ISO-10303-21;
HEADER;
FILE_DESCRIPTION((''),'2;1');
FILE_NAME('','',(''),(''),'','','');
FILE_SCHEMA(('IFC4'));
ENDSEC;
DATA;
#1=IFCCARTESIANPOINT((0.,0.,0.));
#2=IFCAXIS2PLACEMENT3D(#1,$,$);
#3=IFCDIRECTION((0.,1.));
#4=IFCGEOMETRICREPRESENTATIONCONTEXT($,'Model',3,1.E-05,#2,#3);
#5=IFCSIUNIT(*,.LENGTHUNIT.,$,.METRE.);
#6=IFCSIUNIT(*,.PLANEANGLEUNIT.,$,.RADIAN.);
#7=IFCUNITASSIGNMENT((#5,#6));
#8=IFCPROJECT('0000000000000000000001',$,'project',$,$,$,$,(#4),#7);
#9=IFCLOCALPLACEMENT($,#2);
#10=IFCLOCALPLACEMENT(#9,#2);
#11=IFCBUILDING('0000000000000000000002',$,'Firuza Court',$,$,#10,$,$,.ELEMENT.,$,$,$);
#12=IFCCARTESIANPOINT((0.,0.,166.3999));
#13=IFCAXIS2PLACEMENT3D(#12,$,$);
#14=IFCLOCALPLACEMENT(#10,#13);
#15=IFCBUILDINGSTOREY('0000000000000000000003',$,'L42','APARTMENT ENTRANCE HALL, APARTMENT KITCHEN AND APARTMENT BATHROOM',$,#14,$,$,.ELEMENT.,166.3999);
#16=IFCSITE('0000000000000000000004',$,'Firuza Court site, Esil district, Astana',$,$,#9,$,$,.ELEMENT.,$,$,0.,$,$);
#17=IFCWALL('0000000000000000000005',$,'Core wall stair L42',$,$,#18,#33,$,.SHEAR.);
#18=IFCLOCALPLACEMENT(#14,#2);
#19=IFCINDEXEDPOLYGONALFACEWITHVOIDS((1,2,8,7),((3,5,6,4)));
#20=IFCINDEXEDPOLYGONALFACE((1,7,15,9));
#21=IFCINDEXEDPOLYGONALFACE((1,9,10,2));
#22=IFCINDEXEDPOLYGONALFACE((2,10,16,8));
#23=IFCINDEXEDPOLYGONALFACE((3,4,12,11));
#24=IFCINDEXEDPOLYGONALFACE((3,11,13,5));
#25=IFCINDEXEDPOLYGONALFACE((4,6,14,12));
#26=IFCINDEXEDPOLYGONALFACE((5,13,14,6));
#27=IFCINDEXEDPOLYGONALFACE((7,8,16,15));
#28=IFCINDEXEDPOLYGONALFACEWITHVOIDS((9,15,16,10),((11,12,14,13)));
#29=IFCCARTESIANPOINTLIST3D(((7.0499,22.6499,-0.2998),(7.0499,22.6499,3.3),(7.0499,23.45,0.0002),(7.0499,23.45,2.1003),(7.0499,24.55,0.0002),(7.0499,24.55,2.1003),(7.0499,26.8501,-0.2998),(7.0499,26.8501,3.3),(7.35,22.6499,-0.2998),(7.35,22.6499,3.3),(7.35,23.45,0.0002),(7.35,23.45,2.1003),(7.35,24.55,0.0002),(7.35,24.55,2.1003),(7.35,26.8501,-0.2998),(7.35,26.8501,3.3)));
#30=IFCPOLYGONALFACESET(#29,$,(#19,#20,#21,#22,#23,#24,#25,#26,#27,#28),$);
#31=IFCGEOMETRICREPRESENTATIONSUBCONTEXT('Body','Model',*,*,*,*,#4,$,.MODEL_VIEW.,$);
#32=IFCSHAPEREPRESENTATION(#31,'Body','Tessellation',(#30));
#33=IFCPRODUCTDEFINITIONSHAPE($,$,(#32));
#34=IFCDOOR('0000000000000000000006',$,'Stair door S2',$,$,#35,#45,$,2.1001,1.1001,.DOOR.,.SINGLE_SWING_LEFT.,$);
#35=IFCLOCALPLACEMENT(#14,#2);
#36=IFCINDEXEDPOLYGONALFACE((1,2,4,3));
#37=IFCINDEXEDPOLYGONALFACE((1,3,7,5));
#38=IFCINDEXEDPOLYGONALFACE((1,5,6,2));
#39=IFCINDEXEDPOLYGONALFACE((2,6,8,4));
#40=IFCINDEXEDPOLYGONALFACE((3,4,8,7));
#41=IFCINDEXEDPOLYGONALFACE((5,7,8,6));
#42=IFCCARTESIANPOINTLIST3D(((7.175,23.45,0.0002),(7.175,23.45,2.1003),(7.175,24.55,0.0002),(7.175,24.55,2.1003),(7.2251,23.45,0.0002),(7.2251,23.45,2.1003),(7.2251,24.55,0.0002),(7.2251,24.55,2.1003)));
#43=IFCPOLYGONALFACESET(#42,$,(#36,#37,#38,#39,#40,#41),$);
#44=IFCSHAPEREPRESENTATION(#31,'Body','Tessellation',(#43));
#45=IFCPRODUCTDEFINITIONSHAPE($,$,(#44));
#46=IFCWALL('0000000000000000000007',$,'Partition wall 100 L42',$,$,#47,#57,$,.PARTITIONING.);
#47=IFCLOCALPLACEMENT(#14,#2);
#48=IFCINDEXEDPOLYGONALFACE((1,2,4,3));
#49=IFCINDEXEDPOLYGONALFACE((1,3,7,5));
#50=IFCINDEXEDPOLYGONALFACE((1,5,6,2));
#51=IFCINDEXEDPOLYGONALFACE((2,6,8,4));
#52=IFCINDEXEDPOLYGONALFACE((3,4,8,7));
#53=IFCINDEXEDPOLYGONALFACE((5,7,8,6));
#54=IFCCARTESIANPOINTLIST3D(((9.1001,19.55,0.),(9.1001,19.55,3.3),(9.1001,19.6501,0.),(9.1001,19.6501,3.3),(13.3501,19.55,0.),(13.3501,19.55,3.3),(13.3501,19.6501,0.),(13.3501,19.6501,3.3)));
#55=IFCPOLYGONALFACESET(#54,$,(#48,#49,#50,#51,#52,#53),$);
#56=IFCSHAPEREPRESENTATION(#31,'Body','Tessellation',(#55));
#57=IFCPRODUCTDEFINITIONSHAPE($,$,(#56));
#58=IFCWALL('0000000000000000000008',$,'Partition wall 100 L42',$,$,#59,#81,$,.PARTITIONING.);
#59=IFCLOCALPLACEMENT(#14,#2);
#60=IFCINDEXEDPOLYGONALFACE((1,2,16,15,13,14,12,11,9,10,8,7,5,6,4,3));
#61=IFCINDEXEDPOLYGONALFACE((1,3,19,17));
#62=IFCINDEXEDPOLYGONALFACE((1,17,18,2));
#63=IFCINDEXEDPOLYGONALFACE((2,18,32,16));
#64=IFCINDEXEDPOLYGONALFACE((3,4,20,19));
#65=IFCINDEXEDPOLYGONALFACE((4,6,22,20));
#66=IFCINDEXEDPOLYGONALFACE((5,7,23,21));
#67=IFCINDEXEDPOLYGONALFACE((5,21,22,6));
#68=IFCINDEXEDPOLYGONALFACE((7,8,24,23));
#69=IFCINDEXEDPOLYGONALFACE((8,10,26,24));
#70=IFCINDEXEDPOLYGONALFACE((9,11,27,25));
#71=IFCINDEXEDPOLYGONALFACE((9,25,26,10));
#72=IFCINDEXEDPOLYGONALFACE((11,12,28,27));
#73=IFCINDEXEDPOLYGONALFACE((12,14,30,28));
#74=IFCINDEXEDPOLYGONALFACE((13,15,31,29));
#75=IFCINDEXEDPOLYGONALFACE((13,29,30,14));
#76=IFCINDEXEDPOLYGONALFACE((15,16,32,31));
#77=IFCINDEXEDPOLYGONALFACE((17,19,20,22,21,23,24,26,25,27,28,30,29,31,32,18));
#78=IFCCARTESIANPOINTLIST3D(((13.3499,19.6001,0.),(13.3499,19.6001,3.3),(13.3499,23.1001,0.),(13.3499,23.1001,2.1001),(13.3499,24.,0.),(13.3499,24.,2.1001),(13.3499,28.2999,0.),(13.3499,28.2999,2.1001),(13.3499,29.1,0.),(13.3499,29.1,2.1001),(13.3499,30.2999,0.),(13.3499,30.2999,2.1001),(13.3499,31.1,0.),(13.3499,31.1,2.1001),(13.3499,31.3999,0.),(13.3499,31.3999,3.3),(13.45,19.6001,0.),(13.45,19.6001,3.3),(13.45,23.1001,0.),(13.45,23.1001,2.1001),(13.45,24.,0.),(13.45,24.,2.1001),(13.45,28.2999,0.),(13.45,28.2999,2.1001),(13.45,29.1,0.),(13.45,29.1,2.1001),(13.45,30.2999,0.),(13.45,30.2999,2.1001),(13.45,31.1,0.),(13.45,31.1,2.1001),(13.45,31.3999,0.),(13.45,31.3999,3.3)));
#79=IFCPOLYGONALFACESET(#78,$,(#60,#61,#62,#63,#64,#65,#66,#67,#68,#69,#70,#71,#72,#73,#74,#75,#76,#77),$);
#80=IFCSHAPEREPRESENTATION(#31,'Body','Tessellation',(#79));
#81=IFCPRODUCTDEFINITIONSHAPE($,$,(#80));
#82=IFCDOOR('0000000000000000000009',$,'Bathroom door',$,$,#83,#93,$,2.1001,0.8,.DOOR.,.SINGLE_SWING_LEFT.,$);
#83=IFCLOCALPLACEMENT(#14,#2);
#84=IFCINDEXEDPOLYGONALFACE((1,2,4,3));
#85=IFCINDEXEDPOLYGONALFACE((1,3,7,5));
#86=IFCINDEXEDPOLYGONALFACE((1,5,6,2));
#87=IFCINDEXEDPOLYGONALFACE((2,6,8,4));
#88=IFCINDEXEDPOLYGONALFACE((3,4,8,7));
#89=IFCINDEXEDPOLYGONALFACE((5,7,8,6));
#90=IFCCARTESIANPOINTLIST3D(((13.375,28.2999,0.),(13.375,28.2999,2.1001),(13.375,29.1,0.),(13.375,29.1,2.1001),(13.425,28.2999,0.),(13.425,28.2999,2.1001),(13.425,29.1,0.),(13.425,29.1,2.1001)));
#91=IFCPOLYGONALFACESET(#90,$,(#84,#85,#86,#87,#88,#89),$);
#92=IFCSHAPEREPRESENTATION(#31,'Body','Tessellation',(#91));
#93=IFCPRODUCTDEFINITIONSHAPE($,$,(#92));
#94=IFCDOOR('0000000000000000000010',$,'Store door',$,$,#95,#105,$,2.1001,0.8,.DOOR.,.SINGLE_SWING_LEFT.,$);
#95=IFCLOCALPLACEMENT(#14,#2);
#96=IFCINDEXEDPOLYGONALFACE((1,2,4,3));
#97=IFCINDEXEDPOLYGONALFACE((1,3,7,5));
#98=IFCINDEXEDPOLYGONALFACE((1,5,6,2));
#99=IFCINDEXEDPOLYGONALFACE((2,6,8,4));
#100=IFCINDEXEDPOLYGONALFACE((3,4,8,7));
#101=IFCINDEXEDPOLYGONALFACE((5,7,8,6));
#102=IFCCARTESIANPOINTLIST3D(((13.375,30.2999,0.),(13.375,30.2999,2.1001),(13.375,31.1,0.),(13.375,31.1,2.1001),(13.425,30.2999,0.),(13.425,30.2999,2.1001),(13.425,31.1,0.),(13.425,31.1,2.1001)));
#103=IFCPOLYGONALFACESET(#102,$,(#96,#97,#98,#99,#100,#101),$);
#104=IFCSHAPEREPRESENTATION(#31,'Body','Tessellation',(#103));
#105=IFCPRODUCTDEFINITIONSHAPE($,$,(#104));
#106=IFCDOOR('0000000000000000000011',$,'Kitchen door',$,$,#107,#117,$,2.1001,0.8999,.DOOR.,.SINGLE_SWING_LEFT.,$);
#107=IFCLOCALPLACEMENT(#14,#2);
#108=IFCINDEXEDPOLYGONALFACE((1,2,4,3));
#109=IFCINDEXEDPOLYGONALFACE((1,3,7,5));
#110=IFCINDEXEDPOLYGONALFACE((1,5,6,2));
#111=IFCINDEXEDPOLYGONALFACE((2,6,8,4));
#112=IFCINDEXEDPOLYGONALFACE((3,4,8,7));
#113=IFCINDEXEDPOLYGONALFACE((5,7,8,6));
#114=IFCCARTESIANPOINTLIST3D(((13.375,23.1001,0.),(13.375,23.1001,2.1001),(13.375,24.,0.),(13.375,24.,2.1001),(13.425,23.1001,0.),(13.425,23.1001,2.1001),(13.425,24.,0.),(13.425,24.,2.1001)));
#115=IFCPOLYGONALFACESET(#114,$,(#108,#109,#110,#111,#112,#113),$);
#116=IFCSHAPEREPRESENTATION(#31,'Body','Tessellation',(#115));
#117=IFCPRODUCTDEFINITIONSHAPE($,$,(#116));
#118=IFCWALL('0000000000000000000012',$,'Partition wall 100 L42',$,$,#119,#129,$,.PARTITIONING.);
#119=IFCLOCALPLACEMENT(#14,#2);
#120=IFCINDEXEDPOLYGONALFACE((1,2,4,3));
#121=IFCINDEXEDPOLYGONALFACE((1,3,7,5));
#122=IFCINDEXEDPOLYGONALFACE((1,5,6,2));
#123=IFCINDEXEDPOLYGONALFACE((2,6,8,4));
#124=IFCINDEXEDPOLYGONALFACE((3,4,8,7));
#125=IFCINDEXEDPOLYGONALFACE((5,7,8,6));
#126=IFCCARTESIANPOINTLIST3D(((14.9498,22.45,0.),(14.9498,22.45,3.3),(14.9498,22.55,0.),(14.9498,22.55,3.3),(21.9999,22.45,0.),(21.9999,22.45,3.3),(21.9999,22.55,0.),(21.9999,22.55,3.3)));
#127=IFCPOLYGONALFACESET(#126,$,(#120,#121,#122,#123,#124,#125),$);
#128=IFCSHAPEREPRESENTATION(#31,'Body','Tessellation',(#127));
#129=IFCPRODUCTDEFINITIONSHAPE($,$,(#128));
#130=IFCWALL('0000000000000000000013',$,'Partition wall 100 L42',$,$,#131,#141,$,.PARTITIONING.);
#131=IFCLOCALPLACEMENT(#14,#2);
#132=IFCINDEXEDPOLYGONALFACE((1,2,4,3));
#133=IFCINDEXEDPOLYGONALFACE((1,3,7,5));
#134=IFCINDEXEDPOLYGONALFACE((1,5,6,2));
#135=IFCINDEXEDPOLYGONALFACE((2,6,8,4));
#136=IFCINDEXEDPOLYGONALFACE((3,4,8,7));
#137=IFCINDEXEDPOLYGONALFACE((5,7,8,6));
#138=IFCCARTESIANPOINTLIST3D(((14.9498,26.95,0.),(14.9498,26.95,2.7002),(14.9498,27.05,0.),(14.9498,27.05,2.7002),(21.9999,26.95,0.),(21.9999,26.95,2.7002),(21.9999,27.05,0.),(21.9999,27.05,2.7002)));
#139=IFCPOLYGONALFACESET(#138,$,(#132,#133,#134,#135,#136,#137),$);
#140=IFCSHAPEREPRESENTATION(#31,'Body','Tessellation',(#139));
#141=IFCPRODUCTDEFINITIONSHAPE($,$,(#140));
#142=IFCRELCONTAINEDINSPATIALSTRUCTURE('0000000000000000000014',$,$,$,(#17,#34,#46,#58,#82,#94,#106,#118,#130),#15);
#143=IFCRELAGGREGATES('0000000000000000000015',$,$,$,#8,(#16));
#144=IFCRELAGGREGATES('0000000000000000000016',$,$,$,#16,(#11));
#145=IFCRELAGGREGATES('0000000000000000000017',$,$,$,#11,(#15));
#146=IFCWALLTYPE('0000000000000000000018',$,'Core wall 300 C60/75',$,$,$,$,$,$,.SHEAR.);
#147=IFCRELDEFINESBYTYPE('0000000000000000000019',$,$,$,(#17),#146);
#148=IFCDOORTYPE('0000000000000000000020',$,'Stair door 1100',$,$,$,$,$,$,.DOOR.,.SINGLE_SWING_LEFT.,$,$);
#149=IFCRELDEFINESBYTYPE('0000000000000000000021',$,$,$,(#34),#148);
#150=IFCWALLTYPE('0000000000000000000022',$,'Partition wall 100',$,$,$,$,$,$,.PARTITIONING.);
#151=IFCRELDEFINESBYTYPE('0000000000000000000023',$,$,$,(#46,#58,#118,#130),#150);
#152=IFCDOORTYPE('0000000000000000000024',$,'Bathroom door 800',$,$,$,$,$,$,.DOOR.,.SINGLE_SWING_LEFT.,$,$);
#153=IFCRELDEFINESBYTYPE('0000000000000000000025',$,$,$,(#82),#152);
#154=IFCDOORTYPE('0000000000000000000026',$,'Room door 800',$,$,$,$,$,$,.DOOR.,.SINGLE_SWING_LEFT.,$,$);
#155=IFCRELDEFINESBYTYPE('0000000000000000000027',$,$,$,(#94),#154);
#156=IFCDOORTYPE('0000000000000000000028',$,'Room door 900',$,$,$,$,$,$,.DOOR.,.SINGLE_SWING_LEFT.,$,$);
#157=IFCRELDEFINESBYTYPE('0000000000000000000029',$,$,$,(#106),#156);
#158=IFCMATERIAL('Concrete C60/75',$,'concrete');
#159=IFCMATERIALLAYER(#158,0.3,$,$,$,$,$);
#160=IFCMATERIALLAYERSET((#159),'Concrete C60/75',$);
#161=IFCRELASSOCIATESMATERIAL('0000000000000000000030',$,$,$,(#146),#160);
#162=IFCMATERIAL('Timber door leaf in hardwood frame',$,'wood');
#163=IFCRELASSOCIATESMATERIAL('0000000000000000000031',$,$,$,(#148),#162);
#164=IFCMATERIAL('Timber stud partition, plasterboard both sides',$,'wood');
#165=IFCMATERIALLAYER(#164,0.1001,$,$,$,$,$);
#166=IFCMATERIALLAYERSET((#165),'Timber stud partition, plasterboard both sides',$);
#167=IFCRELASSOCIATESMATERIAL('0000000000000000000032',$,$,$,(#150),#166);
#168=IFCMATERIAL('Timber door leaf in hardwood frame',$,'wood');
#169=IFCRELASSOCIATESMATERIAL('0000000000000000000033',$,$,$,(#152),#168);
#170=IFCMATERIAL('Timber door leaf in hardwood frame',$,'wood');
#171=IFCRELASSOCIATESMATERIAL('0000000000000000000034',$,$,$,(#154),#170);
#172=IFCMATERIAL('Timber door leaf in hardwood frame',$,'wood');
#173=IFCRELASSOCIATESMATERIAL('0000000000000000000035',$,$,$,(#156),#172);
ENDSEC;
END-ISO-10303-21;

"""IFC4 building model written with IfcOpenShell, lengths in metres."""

from ifc_helpers import new_model, si_unit, direction, frame, frame_2d, origin, place, context, subcontext, project, spatial, rectangle, extrude, material, layer, layer_set, type_object, element, fill, save


model = new_model("IFC4")

# Units and contexts
model_context = context("Model", 3, precision=1e-05, world=origin(), true_north=direction((0.0, 1.0)))
body_context = subcontext(model_context, "Body", "Model", "MODEL_VIEW")
ifc_project = project(units=[si_unit("LENGTHUNIT", "METRE"), si_unit("PLANEANGLEUNIT", "RADIAN")], contexts=[model_context])

# Site, building, storey
site_placement = place(None, origin())
site = spatial("IfcSite", under=ifc_project, at=site_placement, Name="Firuza Court site, Esil district, Astana", CompositionType="ELEMENT", RefElevation=0.0)
building_placement = place(site_placement, origin())
building = spatial("IfcBuilding", under=site, at=building_placement, Name="Firuza Court", CompositionType="ELEMENT")
storey_placement = place(building_placement, frame((0.0, 0.0, 166.3999)))
storey = spatial("IfcBuildingStorey", under=building, at=storey_placement, Name="L42", Description="APARTMENT ENTRANCE HALL, APARTMENT KITCHEN AND APARTMENT BATHROOM", CompositionType="ELEMENT", Elevation=166.3999)

# Wall, opening, door
ifc_material_1 = material(Name="Concrete C60/75", Category="concrete")
ifc_layer_1 = layer(ifc_material_1, 0.3)
ifc_layer_set_1 = layer_set([ifc_layer_1], Name="Concrete C60/75")
wall_type_1 = type_object("IfcWallType", Name="Core wall 300 C60/75", PredefinedType="SHEAR", material=ifc_layer_set_1)
wall_1_placement = place(storey_placement, frame((7.2, 22.6499, -0.2998), z_axis=(0.0, 0.0, 1.0), x_axis=(0.0, 1.0, 0.0)))
wall_1 = element("IfcWall", 1, at=wall_1_placement, inside=storey, type_object=wall_type_1, Name="Core wall stair L42", PredefinedType="SHEAR", context=body_context, shape_type="SweptSolid", body=[
    extrude(rectangle(XDim=4.2002, YDim=0.3, at=frame_2d((2.1001, 0.0))), origin(), (0.0, 0.0, 1.0), 3.5999),
])
opening_1_placement = place(wall_1_placement, frame((0.8, 0.0, 0.3)))
opening_1 = element("IfcOpeningElement", 2, at=opening_1_placement, cuts=wall_1, PredefinedType="OPENING", context=body_context, shape_type="SweptSolid", body=[
    extrude(rectangle(XDim=1.1001, YDim=2.1001, at=frame_2d((0.55, 1.05))), frame((0.0, 0.1621, 0.0), z_axis=(0.0, -1.0, 0.0), x_axis=(1.0, 0.0, 0.0)), (0.0, 0.0, 1.0), 0.324),
])
ifc_material_2 = material(Name="Timber door leaf in hardwood frame", Category="wood")
door_type_1 = type_object("IfcDoorType", Name="Stair door 1100", OperationType="SINGLE_SWING_LEFT", PredefinedType="DOOR", material=ifc_material_2)
door_1_placement = place(opening_1_placement, origin())
door_1 = element("IfcDoor", 3, at=door_1_placement, inside=storey, type_object=door_type_1, Name="Stair door S2", OperationType="SINGLE_SWING_LEFT", OverallHeight=2.1001, OverallWidth=1.1001, PredefinedType="DOOR", context=body_context, shape_type="SweptSolid", body=[
    extrude(rectangle(XDim=1.1001, YDim=2.1001, at=frame_2d((0.55, 1.05))), frame((0.0, 0.0249, 0.0), z_axis=(0.0, -1.0, 0.0), x_axis=(1.0, 0.0, 0.0)), (0.0, 0.0, 1.0), 0.05),
])
fill(opening_1, door_1)

# Wall
ifc_material_3 = material(Name="Timber stud partition, plasterboard both sides", Category="wood")
ifc_layer_2 = layer(ifc_material_3, 0.1001)
ifc_layer_set_2 = layer_set([ifc_layer_2], Name="Timber stud partition, plasterboard both sides")
wall_type_2 = type_object("IfcWallType", Name="Partition wall 100", PredefinedType="PARTITIONING", material=ifc_layer_set_2)
wall_2_placement = place(storey_placement, frame((9.1001, 19.6001, 0.0), z_axis=(0.0, 0.0, 1.0), x_axis=(1.0, 0.0, 0.0)))
element("IfcWall", 4, at=wall_2_placement, inside=storey, type_object=wall_type_2, Name="Partition wall 100 L42", PredefinedType="PARTITIONING", context=body_context, shape_type="SweptSolid", body=[
    extrude(rectangle(XDim=4.25, YDim=0.1001, at=frame_2d((2.125, 0.0))), origin(), (0.0, 0.0, 1.0), 3.3),
])

# Wall, openings, doors
wall_3_placement = place(storey_placement, frame((13.3999, 19.6001, 0.0), z_axis=(0.0, 0.0, 1.0), x_axis=(0.0, 1.0, 0.0)))
wall_3 = element("IfcWall", 5, at=wall_3_placement, inside=storey, type_object=wall_type_2, Name="Partition wall 100 L42", PredefinedType="PARTITIONING", context=body_context, shape_type="SweptSolid", body=[
    extrude(rectangle(XDim=11.7998, YDim=0.1001, at=frame_2d((5.8999, 0.0))), origin(), (0.0, 0.0, 1.0), 3.3),
])
opening_2_placement = place(wall_3_placement, frame((8.7, 0.0, 0.0)))
opening_2 = element("IfcOpeningElement", 6, at=opening_2_placement, cuts=wall_3, PredefinedType="OPENING", context=body_context, shape_type="SweptSolid", body=[
    extrude(rectangle(XDim=0.8, YDim=2.1001, at=frame_2d((0.3999, 1.05))), frame((0.0, 0.062, 0.0), z_axis=(0.0, -1.0, 0.0), x_axis=(1.0, 0.0, 0.0)), (0.0, 0.0, 1.0), 0.124),
])
opening_3_placement = place(wall_3_placement, frame((3.5, 0.0, 0.0)))
opening_3 = element("IfcOpeningElement", 7, at=opening_3_placement, cuts=wall_3, PredefinedType="OPENING", context=body_context, shape_type="SweptSolid", body=[
    extrude(rectangle(XDim=0.8999, YDim=2.1001, at=frame_2d((0.45, 1.05))), frame((0.0, 0.062, 0.0), z_axis=(0.0, -1.0, 0.0), x_axis=(1.0, 0.0, 0.0)), (0.0, 0.0, 1.0), 0.124),
])
opening_4_placement = place(wall_3_placement, frame((10.7, 0.0, 0.0)))
opening_4 = element("IfcOpeningElement", 8, at=opening_4_placement, cuts=wall_3, PredefinedType="OPENING", context=body_context, shape_type="SweptSolid", body=[
    extrude(rectangle(XDim=0.8, YDim=2.1001, at=frame_2d((0.3999, 1.05))), frame((0.0, 0.062, 0.0), z_axis=(0.0, -1.0, 0.0), x_axis=(1.0, 0.0, 0.0)), (0.0, 0.0, 1.0), 0.124),
])
ifc_material_4 = material(Name="Timber door leaf in hardwood frame", Category="wood")
door_type_2 = type_object("IfcDoorType", Name="Bathroom door 800", OperationType="SINGLE_SWING_LEFT", PredefinedType="DOOR", material=ifc_material_4)
door_2_placement = place(opening_2_placement, origin())
door_2 = element("IfcDoor", 9, at=door_2_placement, inside=storey, type_object=door_type_2, Name="Bathroom door", OperationType="SINGLE_SWING_LEFT", OverallHeight=2.1001, OverallWidth=0.8, PredefinedType="DOOR", context=body_context, shape_type="SweptSolid", body=[
    extrude(rectangle(XDim=0.8, YDim=2.1001, at=frame_2d((0.3999, 1.05))), frame((0.0, 0.0249, 0.0), z_axis=(0.0, -1.0, 0.0), x_axis=(1.0, 0.0, 0.0)), (0.0, 0.0, 1.0), 0.05),
])
fill(opening_2, door_2)
ifc_material_5 = material(Name="Timber door leaf in hardwood frame", Category="wood")
door_type_3 = type_object("IfcDoorType", Name="Room door 800", OperationType="SINGLE_SWING_LEFT", PredefinedType="DOOR", material=ifc_material_5)
door_3_placement = place(opening_4_placement, origin())
door_3 = element("IfcDoor", 10, at=door_3_placement, inside=storey, type_object=door_type_3, Name="Store door", OperationType="SINGLE_SWING_LEFT", OverallHeight=2.1001, OverallWidth=0.8, PredefinedType="DOOR", context=body_context, shape_type="SweptSolid", body=[
    extrude(rectangle(XDim=0.8, YDim=2.1001, at=frame_2d((0.3999, 1.05))), frame((0.0, 0.0249, 0.0), z_axis=(0.0, -1.0, 0.0), x_axis=(1.0, 0.0, 0.0)), (0.0, 0.0, 1.0), 0.05),
])
fill(opening_4, door_3)
ifc_material_6 = material(Name="Timber door leaf in hardwood frame", Category="wood")
door_type_4 = type_object("IfcDoorType", Name="Room door 900", OperationType="SINGLE_SWING_LEFT", PredefinedType="DOOR", material=ifc_material_6)
door_4_placement = place(opening_3_placement, origin())
door_4 = element("IfcDoor", 11, at=door_4_placement, inside=storey, type_object=door_type_4, Name="Kitchen door", OperationType="SINGLE_SWING_LEFT", OverallHeight=2.1001, OverallWidth=0.8999, PredefinedType="DOOR", context=body_context, shape_type="SweptSolid", body=[
    extrude(rectangle(XDim=0.8999, YDim=2.1001, at=frame_2d((0.45, 1.05))), frame((0.0, 0.0249, 0.0), z_axis=(0.0, -1.0, 0.0), x_axis=(1.0, 0.0, 0.0)), (0.0, 0.0, 1.0), 0.05),
])
fill(opening_3, door_4)

# Walls
wall_4_placement = place(storey_placement, frame((14.95, 22.5, 0.0), z_axis=(0.0, 0.0, 1.0), x_axis=(1.0, 0.0, 0.0)))
element("IfcWall", 12, at=wall_4_placement, inside=storey, type_object=wall_type_2, Name="Partition wall 100 L42", PredefinedType="PARTITIONING", context=body_context, shape_type="SweptSolid", body=[
    extrude(rectangle(XDim=7.05, YDim=0.1001, at=frame_2d((3.5249, 0.0))), origin(), (0.0, 0.0, 1.0), 3.3),
])
wall_5_placement = place(storey_placement, frame((14.95, 27.0, 0.0), z_axis=(0.0, 0.0, 1.0), x_axis=(1.0, 0.0, 0.0)))
element("IfcWall", 13, at=wall_5_placement, inside=storey, type_object=wall_type_2, Name="Partition wall 100 L42", PredefinedType="PARTITIONING", context=body_context, shape_type="SweptSolid", body=[
    extrude(rectangle(XDim=7.05, YDim=0.1001, at=frame_2d((3.5249, 0.0))), origin(), (0.0, 0.0, 1.0), 2.7002),
])

save(model, "model.ifc")
